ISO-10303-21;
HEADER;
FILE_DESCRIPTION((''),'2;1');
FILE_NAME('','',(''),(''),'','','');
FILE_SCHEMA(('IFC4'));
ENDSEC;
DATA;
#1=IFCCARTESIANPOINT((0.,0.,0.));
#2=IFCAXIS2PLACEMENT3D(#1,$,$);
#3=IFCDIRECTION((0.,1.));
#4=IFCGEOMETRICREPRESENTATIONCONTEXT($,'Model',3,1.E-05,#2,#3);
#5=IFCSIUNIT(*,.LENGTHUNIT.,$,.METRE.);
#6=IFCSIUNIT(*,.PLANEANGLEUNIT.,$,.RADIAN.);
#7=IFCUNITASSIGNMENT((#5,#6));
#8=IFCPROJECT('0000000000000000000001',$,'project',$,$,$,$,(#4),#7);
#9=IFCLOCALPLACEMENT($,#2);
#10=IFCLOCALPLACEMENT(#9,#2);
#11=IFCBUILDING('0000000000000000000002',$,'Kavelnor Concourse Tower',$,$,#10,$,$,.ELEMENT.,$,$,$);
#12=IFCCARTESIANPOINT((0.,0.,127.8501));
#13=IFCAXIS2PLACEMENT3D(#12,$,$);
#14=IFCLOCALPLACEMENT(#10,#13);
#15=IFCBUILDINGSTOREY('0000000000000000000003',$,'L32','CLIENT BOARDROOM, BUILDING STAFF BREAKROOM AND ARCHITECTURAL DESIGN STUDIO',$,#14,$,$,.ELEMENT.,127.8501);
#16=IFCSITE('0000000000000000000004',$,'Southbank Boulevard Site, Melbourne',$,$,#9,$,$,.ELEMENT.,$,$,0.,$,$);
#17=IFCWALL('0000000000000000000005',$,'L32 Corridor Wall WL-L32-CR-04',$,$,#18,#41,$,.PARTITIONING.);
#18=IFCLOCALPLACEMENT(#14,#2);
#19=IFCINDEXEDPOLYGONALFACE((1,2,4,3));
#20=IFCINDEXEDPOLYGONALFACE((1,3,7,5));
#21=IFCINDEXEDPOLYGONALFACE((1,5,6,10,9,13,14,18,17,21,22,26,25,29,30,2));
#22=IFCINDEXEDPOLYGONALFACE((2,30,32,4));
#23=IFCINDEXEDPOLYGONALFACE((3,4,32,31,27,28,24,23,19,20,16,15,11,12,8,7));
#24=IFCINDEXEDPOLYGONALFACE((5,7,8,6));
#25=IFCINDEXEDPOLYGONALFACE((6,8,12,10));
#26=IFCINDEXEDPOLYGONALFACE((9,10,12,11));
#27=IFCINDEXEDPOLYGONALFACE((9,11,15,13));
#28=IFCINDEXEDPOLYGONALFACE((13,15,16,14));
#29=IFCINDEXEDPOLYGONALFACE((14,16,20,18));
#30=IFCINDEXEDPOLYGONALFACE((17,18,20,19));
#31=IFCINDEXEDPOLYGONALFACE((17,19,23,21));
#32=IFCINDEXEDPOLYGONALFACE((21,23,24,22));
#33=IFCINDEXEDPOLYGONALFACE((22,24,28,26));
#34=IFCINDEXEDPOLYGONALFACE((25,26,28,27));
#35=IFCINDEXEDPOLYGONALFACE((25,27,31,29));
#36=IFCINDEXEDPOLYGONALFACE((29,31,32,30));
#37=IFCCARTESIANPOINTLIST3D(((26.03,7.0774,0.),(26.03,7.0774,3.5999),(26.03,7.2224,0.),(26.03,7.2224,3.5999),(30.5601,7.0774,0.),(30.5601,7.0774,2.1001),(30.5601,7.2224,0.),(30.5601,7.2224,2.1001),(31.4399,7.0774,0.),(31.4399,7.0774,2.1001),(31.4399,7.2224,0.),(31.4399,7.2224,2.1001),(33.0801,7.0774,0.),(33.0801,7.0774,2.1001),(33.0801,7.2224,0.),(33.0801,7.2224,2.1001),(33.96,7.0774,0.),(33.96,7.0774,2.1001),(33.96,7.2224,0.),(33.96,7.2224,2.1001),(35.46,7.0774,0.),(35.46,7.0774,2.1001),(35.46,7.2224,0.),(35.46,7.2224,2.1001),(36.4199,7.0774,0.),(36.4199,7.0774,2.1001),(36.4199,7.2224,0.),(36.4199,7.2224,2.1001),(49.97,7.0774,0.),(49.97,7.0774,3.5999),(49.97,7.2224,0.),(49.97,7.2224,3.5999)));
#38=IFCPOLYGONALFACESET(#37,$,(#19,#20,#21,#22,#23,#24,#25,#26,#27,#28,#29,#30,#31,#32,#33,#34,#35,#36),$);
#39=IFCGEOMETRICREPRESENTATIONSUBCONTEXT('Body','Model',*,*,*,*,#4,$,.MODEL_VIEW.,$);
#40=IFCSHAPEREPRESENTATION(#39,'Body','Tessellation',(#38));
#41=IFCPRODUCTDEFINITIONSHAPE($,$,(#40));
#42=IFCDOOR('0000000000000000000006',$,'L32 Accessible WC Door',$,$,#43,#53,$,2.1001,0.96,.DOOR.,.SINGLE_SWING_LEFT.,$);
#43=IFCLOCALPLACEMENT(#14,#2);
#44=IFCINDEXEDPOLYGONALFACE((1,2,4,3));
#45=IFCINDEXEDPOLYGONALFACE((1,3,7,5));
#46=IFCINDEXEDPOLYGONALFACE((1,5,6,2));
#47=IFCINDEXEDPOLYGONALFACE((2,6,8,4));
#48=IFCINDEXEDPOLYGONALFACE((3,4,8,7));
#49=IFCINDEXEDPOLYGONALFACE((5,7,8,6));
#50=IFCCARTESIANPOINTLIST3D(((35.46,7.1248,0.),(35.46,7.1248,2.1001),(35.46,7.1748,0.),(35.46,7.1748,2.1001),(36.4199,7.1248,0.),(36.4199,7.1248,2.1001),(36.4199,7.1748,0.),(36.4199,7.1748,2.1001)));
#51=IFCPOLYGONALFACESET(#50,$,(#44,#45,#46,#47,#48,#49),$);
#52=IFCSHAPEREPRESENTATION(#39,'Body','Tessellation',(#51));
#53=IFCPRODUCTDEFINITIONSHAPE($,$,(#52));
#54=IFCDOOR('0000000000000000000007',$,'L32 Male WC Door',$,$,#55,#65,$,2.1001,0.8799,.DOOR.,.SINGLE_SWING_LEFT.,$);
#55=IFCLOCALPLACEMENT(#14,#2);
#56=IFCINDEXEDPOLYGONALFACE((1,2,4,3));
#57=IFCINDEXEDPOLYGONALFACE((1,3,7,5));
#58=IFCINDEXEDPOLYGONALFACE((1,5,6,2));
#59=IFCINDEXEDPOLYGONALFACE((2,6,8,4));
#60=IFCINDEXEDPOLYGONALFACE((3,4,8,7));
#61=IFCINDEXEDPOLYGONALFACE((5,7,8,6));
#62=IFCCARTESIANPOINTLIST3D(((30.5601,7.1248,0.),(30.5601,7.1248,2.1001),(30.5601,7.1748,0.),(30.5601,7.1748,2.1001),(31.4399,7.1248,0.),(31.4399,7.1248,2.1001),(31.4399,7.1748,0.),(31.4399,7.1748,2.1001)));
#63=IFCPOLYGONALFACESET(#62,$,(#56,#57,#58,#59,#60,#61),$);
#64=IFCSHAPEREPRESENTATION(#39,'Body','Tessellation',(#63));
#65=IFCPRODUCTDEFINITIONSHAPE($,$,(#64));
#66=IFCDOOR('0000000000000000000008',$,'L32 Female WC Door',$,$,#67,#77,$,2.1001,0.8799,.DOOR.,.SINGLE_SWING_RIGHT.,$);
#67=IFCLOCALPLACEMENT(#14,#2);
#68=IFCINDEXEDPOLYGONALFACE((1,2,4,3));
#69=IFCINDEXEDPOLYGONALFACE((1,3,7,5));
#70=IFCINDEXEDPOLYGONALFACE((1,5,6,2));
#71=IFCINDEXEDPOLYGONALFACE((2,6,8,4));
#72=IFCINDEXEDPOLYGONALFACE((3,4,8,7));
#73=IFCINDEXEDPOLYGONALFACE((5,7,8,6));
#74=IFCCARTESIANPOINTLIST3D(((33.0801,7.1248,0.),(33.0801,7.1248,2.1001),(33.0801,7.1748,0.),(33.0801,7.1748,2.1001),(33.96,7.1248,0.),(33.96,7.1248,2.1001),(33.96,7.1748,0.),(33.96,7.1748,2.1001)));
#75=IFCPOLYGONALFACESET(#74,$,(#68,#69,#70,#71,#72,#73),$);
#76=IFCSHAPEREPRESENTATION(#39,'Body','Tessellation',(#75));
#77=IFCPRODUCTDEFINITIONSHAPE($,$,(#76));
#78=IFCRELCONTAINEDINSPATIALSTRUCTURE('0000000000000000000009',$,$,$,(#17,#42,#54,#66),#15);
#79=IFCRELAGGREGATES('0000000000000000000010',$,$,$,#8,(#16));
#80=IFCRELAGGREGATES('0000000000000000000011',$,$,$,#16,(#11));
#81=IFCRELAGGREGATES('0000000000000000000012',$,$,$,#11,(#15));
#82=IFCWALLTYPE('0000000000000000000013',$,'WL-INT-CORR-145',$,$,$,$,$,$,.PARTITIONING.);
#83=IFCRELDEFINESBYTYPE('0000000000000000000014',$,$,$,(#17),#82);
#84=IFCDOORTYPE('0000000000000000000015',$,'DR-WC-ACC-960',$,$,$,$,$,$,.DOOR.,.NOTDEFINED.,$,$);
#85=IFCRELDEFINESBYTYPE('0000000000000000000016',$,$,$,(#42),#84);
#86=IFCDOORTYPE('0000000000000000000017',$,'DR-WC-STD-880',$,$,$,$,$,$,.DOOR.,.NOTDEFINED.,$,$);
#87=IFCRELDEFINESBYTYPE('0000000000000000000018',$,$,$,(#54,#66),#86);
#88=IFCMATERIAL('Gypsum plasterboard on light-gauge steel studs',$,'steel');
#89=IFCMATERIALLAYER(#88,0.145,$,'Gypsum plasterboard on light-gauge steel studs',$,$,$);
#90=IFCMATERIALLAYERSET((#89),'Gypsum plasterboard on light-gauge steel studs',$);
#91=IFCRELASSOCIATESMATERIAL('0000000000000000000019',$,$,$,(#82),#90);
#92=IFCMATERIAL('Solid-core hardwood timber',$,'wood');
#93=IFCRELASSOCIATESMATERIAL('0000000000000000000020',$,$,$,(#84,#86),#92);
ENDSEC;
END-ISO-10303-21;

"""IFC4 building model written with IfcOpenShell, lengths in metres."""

from ifc_helpers import new_model, si_unit, direction, frame, frame_2d, origin, place, context, subcontext, project, spatial, rectangle, extrude, material, layer, layer_set, type_object, element, fill, save


model = new_model("IFC4")

# Units and contexts
model_context = context("Model", 3, precision=1e-05, world=origin(), true_north=direction((0.0, 1.0)))
body_context = subcontext(model_context, "Body", "Model", "MODEL_VIEW")
ifc_project = project(units=[si_unit("LENGTHUNIT", "METRE"), si_unit("PLANEANGLEUNIT", "RADIAN")], contexts=[model_context])

# Site, building, storey
site_placement = place(None, origin())
site = spatial("IfcSite", under=ifc_project, at=site_placement, Name="Southbank Boulevard Site, Melbourne", CompositionType="ELEMENT", RefElevation=0.0)
building_placement = place(site_placement, origin())
building = spatial("IfcBuilding", under=site, at=building_placement, Name="Kavelnor Concourse Tower", CompositionType="ELEMENT")
storey_placement = place(building_placement, frame((0.0, 0.0, 127.8501)))
storey = spatial("IfcBuildingStorey", under=building, at=storey_placement, Name="L32", Description="CLIENT BOARDROOM, BUILDING STAFF BREAKROOM AND ARCHITECTURAL DESIGN STUDIO", CompositionType="ELEMENT", Elevation=127.8501)

# Wall, openings, doors
ifc_material_1 = material(Name="Gypsum plasterboard on light-gauge steel studs", Category="steel")
ifc_layer_1 = layer(ifc_material_1, 0.145, Name="Gypsum plasterboard on light-gauge steel studs")
ifc_layer_set_1 = layer_set([ifc_layer_1], Name="Gypsum plasterboard on light-gauge steel studs")
wall_type_1 = type_object("IfcWallType", Name="WL-INT-CORR-145", PredefinedType="PARTITIONING", material=ifc_layer_set_1)
wall_1_placement = place(storey_placement, frame((26.03, 7.1499, 0.0), z_axis=(0.0, 0.0, 1.0), x_axis=(1.0, 0.0, 0.0)))
wall_1 = element("IfcWall", 1, at=wall_1_placement, inside=storey, type_object=wall_type_1, Name="L32 Corridor Wall WL-L32-CR-04", PredefinedType="PARTITIONING", context=body_context, shape_type="SweptSolid", body=[
    extrude(rectangle(XDim=23.9399, YDim=0.145, at=frame_2d((11.97, 0.0))), origin(), (0.0, 0.0, 1.0), 3.5999),
])
opening_1_placement = place(wall_1_placement, frame((4.53, 0.0, 0.0)))
opening_1 = element("IfcOpeningElement", 2, at=opening_1_placement, cuts=wall_1, PredefinedType="OPENING", context=body_context, shape_type="SweptSolid", body=[
    extrude(rectangle(XDim=0.8799, YDim=2.1001, at=frame_2d((0.4399, 1.05))), frame((0.0, 0.0825, 0.0), z_axis=(0.0, -1.0, 0.0), x_axis=(1.0, 0.0, 0.0)), (0.0, 0.0, 1.0), 0.165),
])
opening_2_placement = place(wall_1_placement, frame((7.05, 0.0, 0.0)))
opening_2 = element("IfcOpeningElement", 3, at=opening_2_placement, cuts=wall_1, PredefinedType="OPENING", context=body_context, shape_type="SweptSolid", body=[
    extrude(rectangle(XDim=0.8799, YDim=2.1001, at=frame_2d((0.4399, 1.05))), frame((0.0, 0.0825, 0.0), z_axis=(0.0, -1.0, 0.0), x_axis=(1.0, 0.0, 0.0)), (0.0, 0.0, 1.0), 0.165),
])
opening_3_placement = place(wall_1_placement, frame((9.4299, 0.0, 0.0)))
opening_3 = element("IfcOpeningElement", 4, at=opening_3_placement, cuts=wall_1, PredefinedType="OPENING", context=body_context, shape_type="SweptSolid", body=[
    extrude(rectangle(XDim=0.96, YDim=2.1001, at=frame_2d((0.48, 1.05))), frame((0.0, 0.0825, 0.0), z_axis=(0.0, -1.0, 0.0), x_axis=(1.0, 0.0, 0.0)), (0.0, 0.0, 1.0), 0.165),
])
ifc_material_2 = material(Name="Solid-core hardwood timber", Category="wood")
door_type_1 = type_object("IfcDoorType", Name="DR-WC-ACC-960", OperationType="NOTDEFINED", PredefinedType="DOOR", material=ifc_material_2)
door_1_placement = place(opening_3_placement, origin())
door_1 = element("IfcDoor", 5, at=door_1_placement, inside=storey, type_object=door_type_1, Name="L32 Accessible WC Door", OperationType="SINGLE_SWING_LEFT", OverallHeight=2.1001, OverallWidth=0.96, PredefinedType="DOOR", context=body_context, shape_type="SweptSolid", body=[
    extrude(rectangle(XDim=0.96, YDim=2.1001, at=frame_2d((0.48, 1.05))), frame((0.0, 0.0249, 0.0), z_axis=(0.0, -1.0, 0.0), x_axis=(1.0, 0.0, 0.0)), (0.0, 0.0, 1.0), 0.05),
])
fill(opening_3, door_1)
door_type_2 = type_object("IfcDoorType", Name="DR-WC-STD-880", OperationType="NOTDEFINED", PredefinedType="DOOR", material=ifc_material_2)
door_2_placement = place(opening_1_placement, origin())
door_2 = element("IfcDoor", 6, at=door_2_placement, inside=storey, type_object=door_type_2, Name="L32 Male WC Door", OperationType="SINGLE_SWING_LEFT", OverallHeight=2.1001, OverallWidth=0.8799, PredefinedType="DOOR", context=body_context, shape_type="SweptSolid", body=[
    extrude(rectangle(XDim=0.8799, YDim=2.1001, at=frame_2d((0.4399, 1.05))), frame((0.0, 0.0249, 0.0), z_axis=(0.0, -1.0, 0.0), x_axis=(1.0, 0.0, 0.0)), (0.0, 0.0, 1.0), 0.05),
])
fill(opening_1, door_2)
door_3_placement = place(opening_2_placement, origin())
door_3 = element("IfcDoor", 7, at=door_3_placement, inside=storey, type_object=door_type_2, Name="L32 Female WC Door", OperationType="SINGLE_SWING_RIGHT", OverallHeight=2.1001, OverallWidth=0.8799, PredefinedType="DOOR", context=body_context, shape_type="SweptSolid", body=[
    extrude(rectangle(XDim=0.8799, YDim=2.1001, at=frame_2d((0.4399, 1.05))), frame((0.0, 0.0249, 0.0), z_axis=(0.0, -1.0, 0.0), x_axis=(1.0, 0.0, 0.0)), (0.0, 0.0, 1.0), 0.05),
])
fill(opening_2, door_3)

save(model, "model.ifc")
